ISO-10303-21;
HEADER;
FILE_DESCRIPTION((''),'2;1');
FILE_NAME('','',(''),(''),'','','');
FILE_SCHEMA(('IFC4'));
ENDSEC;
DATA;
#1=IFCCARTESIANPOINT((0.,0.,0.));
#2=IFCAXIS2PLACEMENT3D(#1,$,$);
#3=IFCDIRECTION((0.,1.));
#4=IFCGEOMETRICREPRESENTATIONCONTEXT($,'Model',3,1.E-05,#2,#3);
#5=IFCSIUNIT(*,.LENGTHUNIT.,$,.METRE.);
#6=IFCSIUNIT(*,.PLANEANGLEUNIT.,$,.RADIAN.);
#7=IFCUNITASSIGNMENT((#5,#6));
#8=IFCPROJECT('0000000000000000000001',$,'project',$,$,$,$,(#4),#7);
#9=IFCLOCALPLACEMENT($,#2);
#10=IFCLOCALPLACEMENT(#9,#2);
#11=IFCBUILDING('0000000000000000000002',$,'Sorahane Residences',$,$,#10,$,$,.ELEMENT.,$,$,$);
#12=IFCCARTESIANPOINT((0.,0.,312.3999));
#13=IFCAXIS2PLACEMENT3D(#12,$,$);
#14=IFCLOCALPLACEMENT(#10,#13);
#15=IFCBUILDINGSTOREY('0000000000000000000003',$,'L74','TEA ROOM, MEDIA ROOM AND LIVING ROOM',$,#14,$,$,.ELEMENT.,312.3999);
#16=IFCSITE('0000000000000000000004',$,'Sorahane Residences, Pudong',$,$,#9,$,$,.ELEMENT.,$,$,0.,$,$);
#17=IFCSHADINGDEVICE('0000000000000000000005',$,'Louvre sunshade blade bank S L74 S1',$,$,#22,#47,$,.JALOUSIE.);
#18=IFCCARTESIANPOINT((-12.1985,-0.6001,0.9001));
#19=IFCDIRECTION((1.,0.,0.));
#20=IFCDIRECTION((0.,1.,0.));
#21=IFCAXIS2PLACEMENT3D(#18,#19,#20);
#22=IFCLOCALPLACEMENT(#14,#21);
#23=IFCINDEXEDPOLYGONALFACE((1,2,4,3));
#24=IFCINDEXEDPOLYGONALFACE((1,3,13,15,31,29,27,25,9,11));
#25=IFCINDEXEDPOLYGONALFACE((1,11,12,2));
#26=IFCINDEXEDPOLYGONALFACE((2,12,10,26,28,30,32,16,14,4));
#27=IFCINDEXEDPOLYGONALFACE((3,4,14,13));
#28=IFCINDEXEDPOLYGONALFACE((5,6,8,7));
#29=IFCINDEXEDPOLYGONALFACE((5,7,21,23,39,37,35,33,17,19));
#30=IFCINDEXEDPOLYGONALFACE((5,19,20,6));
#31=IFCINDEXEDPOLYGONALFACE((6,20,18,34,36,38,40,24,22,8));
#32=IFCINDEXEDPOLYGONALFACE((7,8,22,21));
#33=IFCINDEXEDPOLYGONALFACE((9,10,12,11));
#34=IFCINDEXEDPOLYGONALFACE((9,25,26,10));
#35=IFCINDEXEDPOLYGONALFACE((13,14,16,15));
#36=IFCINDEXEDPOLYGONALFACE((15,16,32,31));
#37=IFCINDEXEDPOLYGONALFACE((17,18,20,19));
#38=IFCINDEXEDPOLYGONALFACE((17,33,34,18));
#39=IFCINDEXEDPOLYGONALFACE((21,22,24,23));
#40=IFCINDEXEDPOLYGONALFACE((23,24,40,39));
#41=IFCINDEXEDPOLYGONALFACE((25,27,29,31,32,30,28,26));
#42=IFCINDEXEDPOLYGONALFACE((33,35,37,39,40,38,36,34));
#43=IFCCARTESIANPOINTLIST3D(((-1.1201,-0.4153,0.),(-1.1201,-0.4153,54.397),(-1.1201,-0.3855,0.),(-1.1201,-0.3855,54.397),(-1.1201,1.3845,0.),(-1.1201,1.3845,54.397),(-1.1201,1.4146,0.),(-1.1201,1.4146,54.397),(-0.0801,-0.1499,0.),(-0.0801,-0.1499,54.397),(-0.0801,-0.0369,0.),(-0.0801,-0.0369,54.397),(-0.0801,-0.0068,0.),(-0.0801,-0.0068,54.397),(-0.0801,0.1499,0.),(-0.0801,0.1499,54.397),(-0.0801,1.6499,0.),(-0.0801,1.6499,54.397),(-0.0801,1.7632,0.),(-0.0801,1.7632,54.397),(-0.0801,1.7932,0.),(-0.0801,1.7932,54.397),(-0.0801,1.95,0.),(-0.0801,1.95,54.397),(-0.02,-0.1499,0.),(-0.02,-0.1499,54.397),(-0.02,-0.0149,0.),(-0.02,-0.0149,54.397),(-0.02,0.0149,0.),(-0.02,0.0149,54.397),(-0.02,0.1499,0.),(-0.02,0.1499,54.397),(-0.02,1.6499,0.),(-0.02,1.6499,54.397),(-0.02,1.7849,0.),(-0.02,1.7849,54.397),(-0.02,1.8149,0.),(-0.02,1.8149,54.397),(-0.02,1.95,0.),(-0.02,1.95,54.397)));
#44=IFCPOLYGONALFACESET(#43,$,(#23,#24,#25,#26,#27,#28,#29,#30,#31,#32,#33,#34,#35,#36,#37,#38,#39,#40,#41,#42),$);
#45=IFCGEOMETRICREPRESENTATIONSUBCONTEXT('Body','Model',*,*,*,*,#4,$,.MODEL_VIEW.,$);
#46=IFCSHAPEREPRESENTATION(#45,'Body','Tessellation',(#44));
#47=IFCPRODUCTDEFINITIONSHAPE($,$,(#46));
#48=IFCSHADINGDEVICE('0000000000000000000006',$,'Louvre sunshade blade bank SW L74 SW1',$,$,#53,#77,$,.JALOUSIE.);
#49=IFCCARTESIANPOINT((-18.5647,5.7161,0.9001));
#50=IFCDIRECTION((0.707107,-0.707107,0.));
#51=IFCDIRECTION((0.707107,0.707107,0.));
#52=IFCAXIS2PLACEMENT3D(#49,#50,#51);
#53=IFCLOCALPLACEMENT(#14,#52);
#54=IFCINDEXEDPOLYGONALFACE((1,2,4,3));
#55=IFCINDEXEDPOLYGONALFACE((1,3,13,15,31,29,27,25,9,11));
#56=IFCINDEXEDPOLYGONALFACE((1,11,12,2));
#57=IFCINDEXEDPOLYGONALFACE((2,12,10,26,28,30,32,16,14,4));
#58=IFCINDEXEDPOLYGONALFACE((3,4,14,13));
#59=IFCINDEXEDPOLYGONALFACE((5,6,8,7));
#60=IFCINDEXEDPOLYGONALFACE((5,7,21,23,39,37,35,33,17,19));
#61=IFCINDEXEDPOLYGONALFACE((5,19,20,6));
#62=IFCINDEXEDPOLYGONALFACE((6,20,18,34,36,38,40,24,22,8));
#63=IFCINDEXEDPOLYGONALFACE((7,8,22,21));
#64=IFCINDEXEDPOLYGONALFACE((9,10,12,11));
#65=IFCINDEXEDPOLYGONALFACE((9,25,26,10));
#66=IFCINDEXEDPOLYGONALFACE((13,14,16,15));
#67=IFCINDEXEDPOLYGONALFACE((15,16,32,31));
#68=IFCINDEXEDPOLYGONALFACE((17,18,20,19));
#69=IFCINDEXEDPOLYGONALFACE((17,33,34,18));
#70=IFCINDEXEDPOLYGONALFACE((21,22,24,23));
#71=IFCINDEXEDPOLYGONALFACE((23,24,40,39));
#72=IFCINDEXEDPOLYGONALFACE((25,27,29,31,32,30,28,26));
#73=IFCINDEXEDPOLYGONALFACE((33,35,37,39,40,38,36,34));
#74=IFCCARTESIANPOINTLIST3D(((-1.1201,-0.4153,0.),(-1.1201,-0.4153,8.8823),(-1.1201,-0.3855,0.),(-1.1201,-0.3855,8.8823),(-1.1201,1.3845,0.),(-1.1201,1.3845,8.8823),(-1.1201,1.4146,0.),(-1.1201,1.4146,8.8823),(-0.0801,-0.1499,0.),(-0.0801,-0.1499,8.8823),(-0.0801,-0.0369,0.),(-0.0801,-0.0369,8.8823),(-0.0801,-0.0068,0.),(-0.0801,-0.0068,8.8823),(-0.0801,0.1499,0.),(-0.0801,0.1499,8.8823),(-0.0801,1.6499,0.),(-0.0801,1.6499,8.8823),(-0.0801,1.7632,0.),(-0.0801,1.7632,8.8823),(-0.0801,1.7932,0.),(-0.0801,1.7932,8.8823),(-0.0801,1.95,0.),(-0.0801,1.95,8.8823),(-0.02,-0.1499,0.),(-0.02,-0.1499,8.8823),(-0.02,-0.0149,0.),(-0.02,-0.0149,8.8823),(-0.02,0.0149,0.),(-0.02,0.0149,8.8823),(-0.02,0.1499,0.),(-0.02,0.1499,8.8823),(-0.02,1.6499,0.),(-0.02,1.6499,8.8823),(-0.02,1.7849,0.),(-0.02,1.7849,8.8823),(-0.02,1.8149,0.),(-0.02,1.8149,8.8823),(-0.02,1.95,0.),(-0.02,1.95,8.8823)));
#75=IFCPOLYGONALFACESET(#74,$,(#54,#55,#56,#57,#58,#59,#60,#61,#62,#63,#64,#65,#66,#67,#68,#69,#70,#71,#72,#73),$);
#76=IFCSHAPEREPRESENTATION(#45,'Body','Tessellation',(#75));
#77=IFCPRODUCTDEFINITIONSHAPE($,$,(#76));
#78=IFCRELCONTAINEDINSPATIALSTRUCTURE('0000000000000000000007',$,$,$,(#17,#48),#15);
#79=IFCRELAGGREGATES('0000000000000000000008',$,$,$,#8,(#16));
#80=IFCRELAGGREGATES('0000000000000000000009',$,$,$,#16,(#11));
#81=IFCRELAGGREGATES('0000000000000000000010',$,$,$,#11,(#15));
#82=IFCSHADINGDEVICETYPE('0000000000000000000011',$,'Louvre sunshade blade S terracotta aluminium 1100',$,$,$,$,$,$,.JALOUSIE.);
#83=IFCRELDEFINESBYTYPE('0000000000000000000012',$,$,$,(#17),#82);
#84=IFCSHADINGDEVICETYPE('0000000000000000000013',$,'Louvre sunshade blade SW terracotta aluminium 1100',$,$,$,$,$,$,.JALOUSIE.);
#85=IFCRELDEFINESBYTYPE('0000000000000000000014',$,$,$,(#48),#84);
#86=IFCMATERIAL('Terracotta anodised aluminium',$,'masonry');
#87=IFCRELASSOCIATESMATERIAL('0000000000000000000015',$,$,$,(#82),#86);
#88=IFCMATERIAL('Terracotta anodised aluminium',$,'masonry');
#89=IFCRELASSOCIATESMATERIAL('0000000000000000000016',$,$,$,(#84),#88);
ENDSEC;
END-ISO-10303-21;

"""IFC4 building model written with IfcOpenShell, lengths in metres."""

from ifc_helpers import new_model, si_unit, direction, frame, origin, place, context, subcontext, project, spatial, polyline, outline, composite_profile, extrude, material, type_object, element, save


model = new_model("IFC4")

# Units and contexts
model_context = context("Model", 3, precision=1e-05, world=origin(), true_north=direction((0.0, 1.0)))
body_context = subcontext(model_context, "Body", "Model", "MODEL_VIEW")
ifc_project = project(units=[si_unit("LENGTHUNIT", "METRE"), si_unit("PLANEANGLEUNIT", "RADIAN")], contexts=[model_context])

# Site, building, storey
site_placement = place(None, origin())
site = spatial("IfcSite", under=ifc_project, at=site_placement, Name="Sorahane Residences, Pudong", CompositionType="ELEMENT", RefElevation=0.0)
building_placement = place(site_placement, origin())
building = spatial("IfcBuilding", under=site, at=building_placement, Name="Sorahane Residences", CompositionType="ELEMENT")
storey_placement = place(building_placement, frame((0.0, 0.0, 312.3999)))
storey = spatial("IfcBuildingStorey", under=building, at=storey_placement, Name="L74", Description="TEA ROOM, MEDIA ROOM AND LIVING ROOM", CompositionType="ELEMENT", Elevation=312.3999)

# Shading devices
ifc_material_1 = material(Name="Terracotta anodised aluminium", Category="masonry")
shading_device_type_1 = type_object("IfcShadingDeviceType", Name="Louvre sunshade blade S terracotta aluminium 1100", PredefinedType="JALOUSIE", material=ifc_material_1)
shading_device_1_placement = place(storey_placement, frame((-12.1985, -0.6001, 0.9001), z_axis=(1.0, 0.0, 0.0), x_axis=(0.0, 1.0, 0.0)))
element("IfcShadingDevice", 1, at=shading_device_1_placement, inside=storey, type_object=shading_device_type_1, Name="Louvre sunshade blade bank S L74 S1", PredefinedType="JALOUSIE", context=body_context, shape_type="SweptSolid", body=[
    extrude(composite_profile([outline(polyline([(-1.1201, -0.3855), (-1.1201, -0.4153), (-0.0801, -0.0369), (-0.0801, -0.1499), (-0.02, -0.1499), (-0.02, -0.0149), (-0.02, 0.0149), (-0.02, 0.1499), (-0.0801, 0.1499), (-0.0801, -0.0068), (-1.1201, -0.3855)])), outline(polyline([(-1.1201, 1.4146), (-1.1201, 1.3845), (-0.0801, 1.7632), (-0.0801, 1.6499), (-0.02, 1.6499), (-0.02, 1.7849), (-0.02, 1.8149), (-0.02, 1.95), (-0.0801, 1.95), (-0.0801, 1.7932), (-1.1201, 1.4146)]))]), origin(), (0.0, 0.0, 1.0), 54.397),
])
ifc_material_2 = material(Name="Terracotta anodised aluminium", Category="masonry")
shading_device_type_2 = type_object("IfcShadingDeviceType", Name="Louvre sunshade blade SW terracotta aluminium 1100", PredefinedType="JALOUSIE", material=ifc_material_2)
shading_device_2_placement = place(storey_placement, frame((-18.5647, 5.7161, 0.9001), z_axis=(0.707107, -0.707107, 0.0), x_axis=(0.707107, 0.707107, 0.0)))
element("IfcShadingDevice", 2, at=shading_device_2_placement, inside=storey, type_object=shading_device_type_2, Name="Louvre sunshade blade bank SW L74 SW1", PredefinedType="JALOUSIE", context=body_context, shape_type="SweptSolid", body=[
    extrude(composite_profile([outline(polyline([(-1.1201, -0.3855), (-1.1201, -0.4153), (-0.0801, -0.0369), (-0.0801, -0.1499), (-0.02, -0.1499), (-0.02, -0.0149), (-0.02, 0.0149), (-0.02, 0.1499), (-0.0801, 0.1499), (-0.0801, -0.0068), (-1.1201, -0.3855)])), outline(polyline([(-1.1201, 1.4146), (-1.1201, 1.3845), (-0.0801, 1.7632), (-0.0801, 1.6499), (-0.02, 1.6499), (-0.02, 1.7849), (-0.02, 1.8149), (-0.02, 1.95), (-0.0801, 1.95), (-0.0801, 1.7932), (-1.1201, 1.4146)]))]), origin(), (0.0, 0.0, 1.0), 8.8823),
])

save(model, "model.ifc")
